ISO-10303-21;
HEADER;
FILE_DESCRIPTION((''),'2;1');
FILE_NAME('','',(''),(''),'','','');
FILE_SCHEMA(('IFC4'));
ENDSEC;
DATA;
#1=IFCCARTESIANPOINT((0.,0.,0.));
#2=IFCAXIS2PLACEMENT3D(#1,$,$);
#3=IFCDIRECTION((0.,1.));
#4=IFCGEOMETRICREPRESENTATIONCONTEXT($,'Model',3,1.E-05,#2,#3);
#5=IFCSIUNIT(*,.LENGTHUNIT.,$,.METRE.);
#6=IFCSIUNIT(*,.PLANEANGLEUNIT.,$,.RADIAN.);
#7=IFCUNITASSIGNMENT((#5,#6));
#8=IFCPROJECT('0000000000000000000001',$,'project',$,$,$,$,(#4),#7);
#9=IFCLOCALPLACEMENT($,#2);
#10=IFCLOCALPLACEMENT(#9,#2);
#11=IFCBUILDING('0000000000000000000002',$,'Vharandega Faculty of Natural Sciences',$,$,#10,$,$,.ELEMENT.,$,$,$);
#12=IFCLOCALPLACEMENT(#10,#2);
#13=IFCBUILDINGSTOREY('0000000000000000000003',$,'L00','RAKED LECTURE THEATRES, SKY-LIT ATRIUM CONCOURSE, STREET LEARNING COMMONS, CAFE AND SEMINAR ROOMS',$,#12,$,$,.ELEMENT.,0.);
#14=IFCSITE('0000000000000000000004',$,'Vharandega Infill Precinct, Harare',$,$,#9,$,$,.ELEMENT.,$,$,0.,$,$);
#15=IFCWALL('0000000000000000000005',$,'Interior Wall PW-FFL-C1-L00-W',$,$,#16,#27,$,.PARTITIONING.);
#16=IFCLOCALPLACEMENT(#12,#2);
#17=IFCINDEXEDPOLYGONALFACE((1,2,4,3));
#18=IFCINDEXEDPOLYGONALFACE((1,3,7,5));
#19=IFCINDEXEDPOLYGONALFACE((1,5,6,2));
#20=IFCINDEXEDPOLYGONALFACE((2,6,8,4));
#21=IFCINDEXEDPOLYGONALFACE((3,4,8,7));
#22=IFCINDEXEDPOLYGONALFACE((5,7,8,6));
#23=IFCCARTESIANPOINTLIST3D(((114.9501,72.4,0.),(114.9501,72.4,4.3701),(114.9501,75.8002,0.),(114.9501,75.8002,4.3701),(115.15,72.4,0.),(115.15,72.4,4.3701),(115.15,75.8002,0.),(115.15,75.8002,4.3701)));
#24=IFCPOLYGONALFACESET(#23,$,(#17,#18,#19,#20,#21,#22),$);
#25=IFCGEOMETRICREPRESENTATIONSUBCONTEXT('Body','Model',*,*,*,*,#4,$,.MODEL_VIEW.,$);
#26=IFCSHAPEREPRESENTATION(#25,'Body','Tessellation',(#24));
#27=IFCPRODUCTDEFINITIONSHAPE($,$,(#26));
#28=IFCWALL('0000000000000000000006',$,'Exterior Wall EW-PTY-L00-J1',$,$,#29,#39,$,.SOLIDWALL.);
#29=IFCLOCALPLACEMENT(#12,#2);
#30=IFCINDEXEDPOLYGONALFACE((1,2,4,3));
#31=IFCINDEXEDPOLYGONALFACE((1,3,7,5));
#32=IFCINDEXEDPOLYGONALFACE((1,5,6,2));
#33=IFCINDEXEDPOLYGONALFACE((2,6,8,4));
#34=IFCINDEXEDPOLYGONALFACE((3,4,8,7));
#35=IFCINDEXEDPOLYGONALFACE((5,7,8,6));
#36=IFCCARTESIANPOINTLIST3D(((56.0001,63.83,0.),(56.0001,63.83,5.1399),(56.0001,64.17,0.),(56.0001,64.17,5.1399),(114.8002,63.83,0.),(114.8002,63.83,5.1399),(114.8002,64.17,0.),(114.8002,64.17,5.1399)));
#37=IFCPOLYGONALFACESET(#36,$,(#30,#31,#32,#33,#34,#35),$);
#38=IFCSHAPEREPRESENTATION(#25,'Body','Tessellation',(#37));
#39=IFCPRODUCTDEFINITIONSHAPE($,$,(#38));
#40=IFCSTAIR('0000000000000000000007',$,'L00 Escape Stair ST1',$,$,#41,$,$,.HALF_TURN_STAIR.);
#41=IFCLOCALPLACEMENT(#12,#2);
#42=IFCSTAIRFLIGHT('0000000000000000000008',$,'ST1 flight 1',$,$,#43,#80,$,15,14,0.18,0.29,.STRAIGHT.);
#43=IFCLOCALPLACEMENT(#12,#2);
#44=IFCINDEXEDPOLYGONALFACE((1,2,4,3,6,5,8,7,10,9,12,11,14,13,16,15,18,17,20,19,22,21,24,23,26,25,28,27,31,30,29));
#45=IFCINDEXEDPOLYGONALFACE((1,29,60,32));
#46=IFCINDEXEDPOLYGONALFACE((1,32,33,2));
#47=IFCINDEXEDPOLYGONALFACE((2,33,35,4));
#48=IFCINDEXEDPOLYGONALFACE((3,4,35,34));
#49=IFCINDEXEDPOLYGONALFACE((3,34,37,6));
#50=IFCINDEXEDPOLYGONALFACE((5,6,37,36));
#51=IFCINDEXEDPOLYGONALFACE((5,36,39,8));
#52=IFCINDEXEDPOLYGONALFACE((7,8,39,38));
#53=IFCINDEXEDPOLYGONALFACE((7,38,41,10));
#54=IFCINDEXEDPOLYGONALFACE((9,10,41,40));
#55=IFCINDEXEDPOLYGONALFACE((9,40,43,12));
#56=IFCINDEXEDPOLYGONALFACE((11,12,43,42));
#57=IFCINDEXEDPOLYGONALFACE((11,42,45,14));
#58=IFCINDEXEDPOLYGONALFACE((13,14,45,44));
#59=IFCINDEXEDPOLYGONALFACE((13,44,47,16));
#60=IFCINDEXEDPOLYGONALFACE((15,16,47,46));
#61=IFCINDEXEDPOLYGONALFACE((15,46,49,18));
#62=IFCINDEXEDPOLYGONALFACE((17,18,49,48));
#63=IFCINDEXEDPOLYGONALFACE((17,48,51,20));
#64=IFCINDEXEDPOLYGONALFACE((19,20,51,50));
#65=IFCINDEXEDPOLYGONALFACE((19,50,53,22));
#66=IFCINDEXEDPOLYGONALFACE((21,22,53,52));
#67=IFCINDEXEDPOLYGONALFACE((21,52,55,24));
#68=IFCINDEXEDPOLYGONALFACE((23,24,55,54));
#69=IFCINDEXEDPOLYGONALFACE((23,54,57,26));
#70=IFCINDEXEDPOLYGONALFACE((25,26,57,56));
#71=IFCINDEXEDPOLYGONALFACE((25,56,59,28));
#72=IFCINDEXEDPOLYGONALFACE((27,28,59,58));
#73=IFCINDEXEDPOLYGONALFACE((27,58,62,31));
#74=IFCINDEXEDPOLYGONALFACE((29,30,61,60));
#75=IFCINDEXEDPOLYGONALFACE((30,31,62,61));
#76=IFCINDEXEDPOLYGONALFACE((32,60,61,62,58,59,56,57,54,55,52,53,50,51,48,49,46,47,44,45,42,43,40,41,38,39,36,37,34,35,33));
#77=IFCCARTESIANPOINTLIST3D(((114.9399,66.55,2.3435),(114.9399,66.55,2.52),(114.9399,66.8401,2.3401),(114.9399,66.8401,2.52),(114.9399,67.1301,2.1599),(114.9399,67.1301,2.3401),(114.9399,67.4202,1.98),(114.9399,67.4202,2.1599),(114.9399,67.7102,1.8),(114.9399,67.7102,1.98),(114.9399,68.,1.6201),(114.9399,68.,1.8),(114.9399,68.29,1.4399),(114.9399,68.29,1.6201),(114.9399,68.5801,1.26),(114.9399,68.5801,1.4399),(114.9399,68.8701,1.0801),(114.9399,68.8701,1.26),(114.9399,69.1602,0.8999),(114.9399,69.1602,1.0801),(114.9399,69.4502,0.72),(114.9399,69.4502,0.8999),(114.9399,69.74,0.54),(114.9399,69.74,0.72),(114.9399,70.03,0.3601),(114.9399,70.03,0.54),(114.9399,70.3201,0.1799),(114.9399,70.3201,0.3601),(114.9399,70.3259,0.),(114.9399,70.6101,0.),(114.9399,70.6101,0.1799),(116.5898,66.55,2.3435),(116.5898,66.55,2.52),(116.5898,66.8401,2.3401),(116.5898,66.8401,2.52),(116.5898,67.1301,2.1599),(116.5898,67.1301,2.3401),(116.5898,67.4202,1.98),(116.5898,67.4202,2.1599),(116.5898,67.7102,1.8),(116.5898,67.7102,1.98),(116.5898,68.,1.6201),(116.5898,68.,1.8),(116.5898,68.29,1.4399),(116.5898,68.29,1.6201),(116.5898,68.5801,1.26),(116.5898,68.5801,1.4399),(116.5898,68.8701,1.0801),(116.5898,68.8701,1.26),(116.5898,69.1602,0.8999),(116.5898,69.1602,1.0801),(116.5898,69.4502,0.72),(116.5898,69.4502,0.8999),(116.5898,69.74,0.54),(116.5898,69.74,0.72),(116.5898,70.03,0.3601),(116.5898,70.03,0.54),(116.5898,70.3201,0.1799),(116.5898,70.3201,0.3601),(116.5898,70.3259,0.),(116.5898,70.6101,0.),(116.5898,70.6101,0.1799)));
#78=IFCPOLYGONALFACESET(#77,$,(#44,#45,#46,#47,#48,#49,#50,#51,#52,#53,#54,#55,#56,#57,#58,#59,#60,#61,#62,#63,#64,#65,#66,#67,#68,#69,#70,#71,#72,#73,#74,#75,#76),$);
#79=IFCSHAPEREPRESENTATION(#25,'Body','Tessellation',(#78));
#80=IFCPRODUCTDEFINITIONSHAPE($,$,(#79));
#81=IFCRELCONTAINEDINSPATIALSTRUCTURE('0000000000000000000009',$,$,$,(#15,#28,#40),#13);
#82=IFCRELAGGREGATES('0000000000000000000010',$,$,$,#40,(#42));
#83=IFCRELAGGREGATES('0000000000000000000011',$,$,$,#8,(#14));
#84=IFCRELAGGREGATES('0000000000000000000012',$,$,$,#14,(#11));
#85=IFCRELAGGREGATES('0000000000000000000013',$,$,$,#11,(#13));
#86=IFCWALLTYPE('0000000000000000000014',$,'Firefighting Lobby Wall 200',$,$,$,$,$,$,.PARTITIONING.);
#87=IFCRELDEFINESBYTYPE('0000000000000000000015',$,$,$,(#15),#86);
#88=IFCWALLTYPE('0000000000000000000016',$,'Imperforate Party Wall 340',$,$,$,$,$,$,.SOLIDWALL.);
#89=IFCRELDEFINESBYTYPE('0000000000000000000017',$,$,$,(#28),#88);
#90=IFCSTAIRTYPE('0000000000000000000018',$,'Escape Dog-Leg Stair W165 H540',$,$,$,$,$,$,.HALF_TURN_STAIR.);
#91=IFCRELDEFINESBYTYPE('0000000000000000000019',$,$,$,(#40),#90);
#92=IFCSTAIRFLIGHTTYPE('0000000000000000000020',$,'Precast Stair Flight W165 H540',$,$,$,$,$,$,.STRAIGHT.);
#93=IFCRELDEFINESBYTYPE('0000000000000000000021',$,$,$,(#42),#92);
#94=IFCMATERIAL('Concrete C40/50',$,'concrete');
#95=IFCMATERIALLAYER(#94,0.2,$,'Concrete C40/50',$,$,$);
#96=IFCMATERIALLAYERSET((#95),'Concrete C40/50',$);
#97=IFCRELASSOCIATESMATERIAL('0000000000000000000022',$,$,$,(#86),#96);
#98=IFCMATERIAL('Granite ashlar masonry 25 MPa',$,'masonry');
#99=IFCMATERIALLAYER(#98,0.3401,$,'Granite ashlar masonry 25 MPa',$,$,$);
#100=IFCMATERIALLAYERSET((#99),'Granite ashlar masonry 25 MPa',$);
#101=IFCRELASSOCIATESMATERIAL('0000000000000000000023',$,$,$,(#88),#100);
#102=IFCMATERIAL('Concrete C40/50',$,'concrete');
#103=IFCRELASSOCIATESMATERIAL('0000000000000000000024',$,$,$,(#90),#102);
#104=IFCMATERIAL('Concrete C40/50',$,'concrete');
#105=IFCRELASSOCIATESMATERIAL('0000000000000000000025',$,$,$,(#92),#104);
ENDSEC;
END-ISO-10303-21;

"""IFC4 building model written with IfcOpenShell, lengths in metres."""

from ifc_helpers import new_model, si_unit, direction, frame, frame_2d, origin, place, context, subcontext, project, spatial, polyline, rectangle, outline, extrude, material, layer, layer_set, type_object, element, aggregate, save


model = new_model("IFC4")

# Units and contexts
model_context = context("Model", 3, precision=1e-05, world=origin(), true_north=direction((0.0, 1.0)))
body_context = subcontext(model_context, "Body", "Model", "MODEL_VIEW")
ifc_project = project(units=[si_unit("LENGTHUNIT", "METRE"), si_unit("PLANEANGLEUNIT", "RADIAN")], contexts=[model_context])

# Site, building, storey
site_placement = place(None, origin())
site = spatial("IfcSite", under=ifc_project, at=site_placement, Name="Vharandega Infill Precinct, Harare", CompositionType="ELEMENT", RefElevation=0.0)
building_placement = place(site_placement, origin())
building = spatial("IfcBuilding", under=site, at=building_placement, Name="Vharandega Faculty of Natural Sciences", CompositionType="ELEMENT")
storey_placement = place(building_placement, origin())
storey = spatial("IfcBuildingStorey", under=building, at=storey_placement, Name="L00", Description="RAKED LECTURE THEATRES, SKY-LIT ATRIUM CONCOURSE, STREET LEARNING COMMONS, CAFE AND SEMINAR ROOMS", CompositionType="ELEMENT", Elevation=0.0)

# Walls
ifc_material_1 = material(Name="Concrete C40/50", Category="concrete")
ifc_layer_1 = layer(ifc_material_1, 0.2, Name="Concrete C40/50")
ifc_layer_set_1 = layer_set([ifc_layer_1], Name="Concrete C40/50")
wall_type_1 = type_object("IfcWallType", Name="Firefighting Lobby Wall 200", PredefinedType="PARTITIONING", material=ifc_layer_set_1)
wall_1_placement = place(storey_placement, frame((115.05, 72.3999, 0.0), z_axis=(0.0, 0.0, 1.0), x_axis=(0.0, 1.0, 0.0)))
element("IfcWall", 1, at=wall_1_placement, inside=storey, type_object=wall_type_1, Name="Interior Wall PW-FFL-C1-L00-W", PredefinedType="PARTITIONING", context=body_context, shape_type="SweptSolid", body=[
    extrude(rectangle(XDim=3.4001, YDim=0.2, at=frame_2d((1.7002, 0.0))), origin(), (0.0, 0.0, 1.0), 4.3701),
])
ifc_material_2 = material(Name="Granite ashlar masonry 25 MPa", Category="masonry")
ifc_layer_2 = layer(ifc_material_2, 0.3401, Name="Granite ashlar masonry 25 MPa")
ifc_layer_set_2 = layer_set([ifc_layer_2], Name="Granite ashlar masonry 25 MPa")
wall_type_2 = type_object("IfcWallType", Name="Imperforate Party Wall 340", PredefinedType="SOLIDWALL", material=ifc_layer_set_2)
wall_2_placement = place(storey_placement, frame((114.8, 64.0, 0.0), z_axis=(0.0, 0.0, 1.0), x_axis=(-1.0, 0.0, 0.0)))
element("IfcWall", 2, at=wall_2_placement, inside=storey, type_object=wall_type_2, Name="Exterior Wall EW-PTY-L00-J1", PredefinedType="SOLIDWALL", context=body_context, shape_type="SweptSolid", body=[
    extrude(rectangle(XDim=58.8, YDim=0.3401, at=frame_2d((29.3999, 0.0))), origin(), (0.0, 0.0, 1.0), 5.1399),
])

# Stair, stair flight
ifc_material_3 = material(Name="Concrete C40/50", Category="concrete")
stair_type = type_object("IfcStairType", Name="Escape Dog-Leg Stair W165 H540", PredefinedType="HALF_TURN_STAIR", material=ifc_material_3)
stair_placement = place(storey_placement, origin())
stair = element("IfcStair", 3, at=stair_placement, inside=storey, type_object=stair_type, Name="L00 Escape Stair ST1", PredefinedType="HALF_TURN_STAIR")
ifc_material_4 = material(Name="Concrete C40/50", Category="concrete")
stair_flight_type = type_object("IfcStairFlightType", Name="Precast Stair Flight W165 H540", PredefinedType="STRAIGHT", material=ifc_material_4)
stair_flight_placement = place(storey_placement, frame((115.7649, 70.6101, 0.0), z_axis=(0.0, 0.0, 1.0), x_axis=(0.0, -1.0, 0.0)))
stair_flight = element("IfcStairFlight", 4, at=stair_flight_placement, type_object=stair_flight_type, Name="ST1 flight 1", NumberOfRisers=15, NumberOfTreads=14, PredefinedType="STRAIGHT", RiserHeight=0.18, TreadLength=0.29, context=body_context, shape_type="SweptSolid", body=[
    extrude(outline(polyline([(0.0, 0.0), (0.0, 0.1799), (0.29, 0.1799), (0.29, 0.3601), (0.5801, 0.3601), (0.5801, 0.54), (0.8701, 0.54), (0.8701, 0.72), (1.1599, 0.72), (1.1599, 0.8999), (1.45, 0.8999), (1.45, 1.0801), (1.74, 1.0801), (1.74, 1.26), (2.03, 1.26), (2.03, 1.4399), (2.3201, 1.4399), (2.3201, 1.6201), (2.6101, 1.6201), (2.6101, 1.8), (2.8999, 1.8), (2.8999, 1.98), (3.1899, 1.98), (3.1899, 2.1599), (3.48, 2.1599), (3.48, 2.3401), (3.77, 2.3401), (3.77, 2.52), (4.0601, 2.52), (4.0601, 2.7), (4.0601, 2.3435), (0.2842, 0.0), (0.0, 0.0)])), frame((0.0, 0.825, 0.0), z_axis=(0.0, -1.0, 0.0), x_axis=(1.0, 0.0, 0.0)), (0.0, 0.0, 1.0), 1.6499),
])
aggregate(stair, [stair_flight])

save(model, "model.ifc")
